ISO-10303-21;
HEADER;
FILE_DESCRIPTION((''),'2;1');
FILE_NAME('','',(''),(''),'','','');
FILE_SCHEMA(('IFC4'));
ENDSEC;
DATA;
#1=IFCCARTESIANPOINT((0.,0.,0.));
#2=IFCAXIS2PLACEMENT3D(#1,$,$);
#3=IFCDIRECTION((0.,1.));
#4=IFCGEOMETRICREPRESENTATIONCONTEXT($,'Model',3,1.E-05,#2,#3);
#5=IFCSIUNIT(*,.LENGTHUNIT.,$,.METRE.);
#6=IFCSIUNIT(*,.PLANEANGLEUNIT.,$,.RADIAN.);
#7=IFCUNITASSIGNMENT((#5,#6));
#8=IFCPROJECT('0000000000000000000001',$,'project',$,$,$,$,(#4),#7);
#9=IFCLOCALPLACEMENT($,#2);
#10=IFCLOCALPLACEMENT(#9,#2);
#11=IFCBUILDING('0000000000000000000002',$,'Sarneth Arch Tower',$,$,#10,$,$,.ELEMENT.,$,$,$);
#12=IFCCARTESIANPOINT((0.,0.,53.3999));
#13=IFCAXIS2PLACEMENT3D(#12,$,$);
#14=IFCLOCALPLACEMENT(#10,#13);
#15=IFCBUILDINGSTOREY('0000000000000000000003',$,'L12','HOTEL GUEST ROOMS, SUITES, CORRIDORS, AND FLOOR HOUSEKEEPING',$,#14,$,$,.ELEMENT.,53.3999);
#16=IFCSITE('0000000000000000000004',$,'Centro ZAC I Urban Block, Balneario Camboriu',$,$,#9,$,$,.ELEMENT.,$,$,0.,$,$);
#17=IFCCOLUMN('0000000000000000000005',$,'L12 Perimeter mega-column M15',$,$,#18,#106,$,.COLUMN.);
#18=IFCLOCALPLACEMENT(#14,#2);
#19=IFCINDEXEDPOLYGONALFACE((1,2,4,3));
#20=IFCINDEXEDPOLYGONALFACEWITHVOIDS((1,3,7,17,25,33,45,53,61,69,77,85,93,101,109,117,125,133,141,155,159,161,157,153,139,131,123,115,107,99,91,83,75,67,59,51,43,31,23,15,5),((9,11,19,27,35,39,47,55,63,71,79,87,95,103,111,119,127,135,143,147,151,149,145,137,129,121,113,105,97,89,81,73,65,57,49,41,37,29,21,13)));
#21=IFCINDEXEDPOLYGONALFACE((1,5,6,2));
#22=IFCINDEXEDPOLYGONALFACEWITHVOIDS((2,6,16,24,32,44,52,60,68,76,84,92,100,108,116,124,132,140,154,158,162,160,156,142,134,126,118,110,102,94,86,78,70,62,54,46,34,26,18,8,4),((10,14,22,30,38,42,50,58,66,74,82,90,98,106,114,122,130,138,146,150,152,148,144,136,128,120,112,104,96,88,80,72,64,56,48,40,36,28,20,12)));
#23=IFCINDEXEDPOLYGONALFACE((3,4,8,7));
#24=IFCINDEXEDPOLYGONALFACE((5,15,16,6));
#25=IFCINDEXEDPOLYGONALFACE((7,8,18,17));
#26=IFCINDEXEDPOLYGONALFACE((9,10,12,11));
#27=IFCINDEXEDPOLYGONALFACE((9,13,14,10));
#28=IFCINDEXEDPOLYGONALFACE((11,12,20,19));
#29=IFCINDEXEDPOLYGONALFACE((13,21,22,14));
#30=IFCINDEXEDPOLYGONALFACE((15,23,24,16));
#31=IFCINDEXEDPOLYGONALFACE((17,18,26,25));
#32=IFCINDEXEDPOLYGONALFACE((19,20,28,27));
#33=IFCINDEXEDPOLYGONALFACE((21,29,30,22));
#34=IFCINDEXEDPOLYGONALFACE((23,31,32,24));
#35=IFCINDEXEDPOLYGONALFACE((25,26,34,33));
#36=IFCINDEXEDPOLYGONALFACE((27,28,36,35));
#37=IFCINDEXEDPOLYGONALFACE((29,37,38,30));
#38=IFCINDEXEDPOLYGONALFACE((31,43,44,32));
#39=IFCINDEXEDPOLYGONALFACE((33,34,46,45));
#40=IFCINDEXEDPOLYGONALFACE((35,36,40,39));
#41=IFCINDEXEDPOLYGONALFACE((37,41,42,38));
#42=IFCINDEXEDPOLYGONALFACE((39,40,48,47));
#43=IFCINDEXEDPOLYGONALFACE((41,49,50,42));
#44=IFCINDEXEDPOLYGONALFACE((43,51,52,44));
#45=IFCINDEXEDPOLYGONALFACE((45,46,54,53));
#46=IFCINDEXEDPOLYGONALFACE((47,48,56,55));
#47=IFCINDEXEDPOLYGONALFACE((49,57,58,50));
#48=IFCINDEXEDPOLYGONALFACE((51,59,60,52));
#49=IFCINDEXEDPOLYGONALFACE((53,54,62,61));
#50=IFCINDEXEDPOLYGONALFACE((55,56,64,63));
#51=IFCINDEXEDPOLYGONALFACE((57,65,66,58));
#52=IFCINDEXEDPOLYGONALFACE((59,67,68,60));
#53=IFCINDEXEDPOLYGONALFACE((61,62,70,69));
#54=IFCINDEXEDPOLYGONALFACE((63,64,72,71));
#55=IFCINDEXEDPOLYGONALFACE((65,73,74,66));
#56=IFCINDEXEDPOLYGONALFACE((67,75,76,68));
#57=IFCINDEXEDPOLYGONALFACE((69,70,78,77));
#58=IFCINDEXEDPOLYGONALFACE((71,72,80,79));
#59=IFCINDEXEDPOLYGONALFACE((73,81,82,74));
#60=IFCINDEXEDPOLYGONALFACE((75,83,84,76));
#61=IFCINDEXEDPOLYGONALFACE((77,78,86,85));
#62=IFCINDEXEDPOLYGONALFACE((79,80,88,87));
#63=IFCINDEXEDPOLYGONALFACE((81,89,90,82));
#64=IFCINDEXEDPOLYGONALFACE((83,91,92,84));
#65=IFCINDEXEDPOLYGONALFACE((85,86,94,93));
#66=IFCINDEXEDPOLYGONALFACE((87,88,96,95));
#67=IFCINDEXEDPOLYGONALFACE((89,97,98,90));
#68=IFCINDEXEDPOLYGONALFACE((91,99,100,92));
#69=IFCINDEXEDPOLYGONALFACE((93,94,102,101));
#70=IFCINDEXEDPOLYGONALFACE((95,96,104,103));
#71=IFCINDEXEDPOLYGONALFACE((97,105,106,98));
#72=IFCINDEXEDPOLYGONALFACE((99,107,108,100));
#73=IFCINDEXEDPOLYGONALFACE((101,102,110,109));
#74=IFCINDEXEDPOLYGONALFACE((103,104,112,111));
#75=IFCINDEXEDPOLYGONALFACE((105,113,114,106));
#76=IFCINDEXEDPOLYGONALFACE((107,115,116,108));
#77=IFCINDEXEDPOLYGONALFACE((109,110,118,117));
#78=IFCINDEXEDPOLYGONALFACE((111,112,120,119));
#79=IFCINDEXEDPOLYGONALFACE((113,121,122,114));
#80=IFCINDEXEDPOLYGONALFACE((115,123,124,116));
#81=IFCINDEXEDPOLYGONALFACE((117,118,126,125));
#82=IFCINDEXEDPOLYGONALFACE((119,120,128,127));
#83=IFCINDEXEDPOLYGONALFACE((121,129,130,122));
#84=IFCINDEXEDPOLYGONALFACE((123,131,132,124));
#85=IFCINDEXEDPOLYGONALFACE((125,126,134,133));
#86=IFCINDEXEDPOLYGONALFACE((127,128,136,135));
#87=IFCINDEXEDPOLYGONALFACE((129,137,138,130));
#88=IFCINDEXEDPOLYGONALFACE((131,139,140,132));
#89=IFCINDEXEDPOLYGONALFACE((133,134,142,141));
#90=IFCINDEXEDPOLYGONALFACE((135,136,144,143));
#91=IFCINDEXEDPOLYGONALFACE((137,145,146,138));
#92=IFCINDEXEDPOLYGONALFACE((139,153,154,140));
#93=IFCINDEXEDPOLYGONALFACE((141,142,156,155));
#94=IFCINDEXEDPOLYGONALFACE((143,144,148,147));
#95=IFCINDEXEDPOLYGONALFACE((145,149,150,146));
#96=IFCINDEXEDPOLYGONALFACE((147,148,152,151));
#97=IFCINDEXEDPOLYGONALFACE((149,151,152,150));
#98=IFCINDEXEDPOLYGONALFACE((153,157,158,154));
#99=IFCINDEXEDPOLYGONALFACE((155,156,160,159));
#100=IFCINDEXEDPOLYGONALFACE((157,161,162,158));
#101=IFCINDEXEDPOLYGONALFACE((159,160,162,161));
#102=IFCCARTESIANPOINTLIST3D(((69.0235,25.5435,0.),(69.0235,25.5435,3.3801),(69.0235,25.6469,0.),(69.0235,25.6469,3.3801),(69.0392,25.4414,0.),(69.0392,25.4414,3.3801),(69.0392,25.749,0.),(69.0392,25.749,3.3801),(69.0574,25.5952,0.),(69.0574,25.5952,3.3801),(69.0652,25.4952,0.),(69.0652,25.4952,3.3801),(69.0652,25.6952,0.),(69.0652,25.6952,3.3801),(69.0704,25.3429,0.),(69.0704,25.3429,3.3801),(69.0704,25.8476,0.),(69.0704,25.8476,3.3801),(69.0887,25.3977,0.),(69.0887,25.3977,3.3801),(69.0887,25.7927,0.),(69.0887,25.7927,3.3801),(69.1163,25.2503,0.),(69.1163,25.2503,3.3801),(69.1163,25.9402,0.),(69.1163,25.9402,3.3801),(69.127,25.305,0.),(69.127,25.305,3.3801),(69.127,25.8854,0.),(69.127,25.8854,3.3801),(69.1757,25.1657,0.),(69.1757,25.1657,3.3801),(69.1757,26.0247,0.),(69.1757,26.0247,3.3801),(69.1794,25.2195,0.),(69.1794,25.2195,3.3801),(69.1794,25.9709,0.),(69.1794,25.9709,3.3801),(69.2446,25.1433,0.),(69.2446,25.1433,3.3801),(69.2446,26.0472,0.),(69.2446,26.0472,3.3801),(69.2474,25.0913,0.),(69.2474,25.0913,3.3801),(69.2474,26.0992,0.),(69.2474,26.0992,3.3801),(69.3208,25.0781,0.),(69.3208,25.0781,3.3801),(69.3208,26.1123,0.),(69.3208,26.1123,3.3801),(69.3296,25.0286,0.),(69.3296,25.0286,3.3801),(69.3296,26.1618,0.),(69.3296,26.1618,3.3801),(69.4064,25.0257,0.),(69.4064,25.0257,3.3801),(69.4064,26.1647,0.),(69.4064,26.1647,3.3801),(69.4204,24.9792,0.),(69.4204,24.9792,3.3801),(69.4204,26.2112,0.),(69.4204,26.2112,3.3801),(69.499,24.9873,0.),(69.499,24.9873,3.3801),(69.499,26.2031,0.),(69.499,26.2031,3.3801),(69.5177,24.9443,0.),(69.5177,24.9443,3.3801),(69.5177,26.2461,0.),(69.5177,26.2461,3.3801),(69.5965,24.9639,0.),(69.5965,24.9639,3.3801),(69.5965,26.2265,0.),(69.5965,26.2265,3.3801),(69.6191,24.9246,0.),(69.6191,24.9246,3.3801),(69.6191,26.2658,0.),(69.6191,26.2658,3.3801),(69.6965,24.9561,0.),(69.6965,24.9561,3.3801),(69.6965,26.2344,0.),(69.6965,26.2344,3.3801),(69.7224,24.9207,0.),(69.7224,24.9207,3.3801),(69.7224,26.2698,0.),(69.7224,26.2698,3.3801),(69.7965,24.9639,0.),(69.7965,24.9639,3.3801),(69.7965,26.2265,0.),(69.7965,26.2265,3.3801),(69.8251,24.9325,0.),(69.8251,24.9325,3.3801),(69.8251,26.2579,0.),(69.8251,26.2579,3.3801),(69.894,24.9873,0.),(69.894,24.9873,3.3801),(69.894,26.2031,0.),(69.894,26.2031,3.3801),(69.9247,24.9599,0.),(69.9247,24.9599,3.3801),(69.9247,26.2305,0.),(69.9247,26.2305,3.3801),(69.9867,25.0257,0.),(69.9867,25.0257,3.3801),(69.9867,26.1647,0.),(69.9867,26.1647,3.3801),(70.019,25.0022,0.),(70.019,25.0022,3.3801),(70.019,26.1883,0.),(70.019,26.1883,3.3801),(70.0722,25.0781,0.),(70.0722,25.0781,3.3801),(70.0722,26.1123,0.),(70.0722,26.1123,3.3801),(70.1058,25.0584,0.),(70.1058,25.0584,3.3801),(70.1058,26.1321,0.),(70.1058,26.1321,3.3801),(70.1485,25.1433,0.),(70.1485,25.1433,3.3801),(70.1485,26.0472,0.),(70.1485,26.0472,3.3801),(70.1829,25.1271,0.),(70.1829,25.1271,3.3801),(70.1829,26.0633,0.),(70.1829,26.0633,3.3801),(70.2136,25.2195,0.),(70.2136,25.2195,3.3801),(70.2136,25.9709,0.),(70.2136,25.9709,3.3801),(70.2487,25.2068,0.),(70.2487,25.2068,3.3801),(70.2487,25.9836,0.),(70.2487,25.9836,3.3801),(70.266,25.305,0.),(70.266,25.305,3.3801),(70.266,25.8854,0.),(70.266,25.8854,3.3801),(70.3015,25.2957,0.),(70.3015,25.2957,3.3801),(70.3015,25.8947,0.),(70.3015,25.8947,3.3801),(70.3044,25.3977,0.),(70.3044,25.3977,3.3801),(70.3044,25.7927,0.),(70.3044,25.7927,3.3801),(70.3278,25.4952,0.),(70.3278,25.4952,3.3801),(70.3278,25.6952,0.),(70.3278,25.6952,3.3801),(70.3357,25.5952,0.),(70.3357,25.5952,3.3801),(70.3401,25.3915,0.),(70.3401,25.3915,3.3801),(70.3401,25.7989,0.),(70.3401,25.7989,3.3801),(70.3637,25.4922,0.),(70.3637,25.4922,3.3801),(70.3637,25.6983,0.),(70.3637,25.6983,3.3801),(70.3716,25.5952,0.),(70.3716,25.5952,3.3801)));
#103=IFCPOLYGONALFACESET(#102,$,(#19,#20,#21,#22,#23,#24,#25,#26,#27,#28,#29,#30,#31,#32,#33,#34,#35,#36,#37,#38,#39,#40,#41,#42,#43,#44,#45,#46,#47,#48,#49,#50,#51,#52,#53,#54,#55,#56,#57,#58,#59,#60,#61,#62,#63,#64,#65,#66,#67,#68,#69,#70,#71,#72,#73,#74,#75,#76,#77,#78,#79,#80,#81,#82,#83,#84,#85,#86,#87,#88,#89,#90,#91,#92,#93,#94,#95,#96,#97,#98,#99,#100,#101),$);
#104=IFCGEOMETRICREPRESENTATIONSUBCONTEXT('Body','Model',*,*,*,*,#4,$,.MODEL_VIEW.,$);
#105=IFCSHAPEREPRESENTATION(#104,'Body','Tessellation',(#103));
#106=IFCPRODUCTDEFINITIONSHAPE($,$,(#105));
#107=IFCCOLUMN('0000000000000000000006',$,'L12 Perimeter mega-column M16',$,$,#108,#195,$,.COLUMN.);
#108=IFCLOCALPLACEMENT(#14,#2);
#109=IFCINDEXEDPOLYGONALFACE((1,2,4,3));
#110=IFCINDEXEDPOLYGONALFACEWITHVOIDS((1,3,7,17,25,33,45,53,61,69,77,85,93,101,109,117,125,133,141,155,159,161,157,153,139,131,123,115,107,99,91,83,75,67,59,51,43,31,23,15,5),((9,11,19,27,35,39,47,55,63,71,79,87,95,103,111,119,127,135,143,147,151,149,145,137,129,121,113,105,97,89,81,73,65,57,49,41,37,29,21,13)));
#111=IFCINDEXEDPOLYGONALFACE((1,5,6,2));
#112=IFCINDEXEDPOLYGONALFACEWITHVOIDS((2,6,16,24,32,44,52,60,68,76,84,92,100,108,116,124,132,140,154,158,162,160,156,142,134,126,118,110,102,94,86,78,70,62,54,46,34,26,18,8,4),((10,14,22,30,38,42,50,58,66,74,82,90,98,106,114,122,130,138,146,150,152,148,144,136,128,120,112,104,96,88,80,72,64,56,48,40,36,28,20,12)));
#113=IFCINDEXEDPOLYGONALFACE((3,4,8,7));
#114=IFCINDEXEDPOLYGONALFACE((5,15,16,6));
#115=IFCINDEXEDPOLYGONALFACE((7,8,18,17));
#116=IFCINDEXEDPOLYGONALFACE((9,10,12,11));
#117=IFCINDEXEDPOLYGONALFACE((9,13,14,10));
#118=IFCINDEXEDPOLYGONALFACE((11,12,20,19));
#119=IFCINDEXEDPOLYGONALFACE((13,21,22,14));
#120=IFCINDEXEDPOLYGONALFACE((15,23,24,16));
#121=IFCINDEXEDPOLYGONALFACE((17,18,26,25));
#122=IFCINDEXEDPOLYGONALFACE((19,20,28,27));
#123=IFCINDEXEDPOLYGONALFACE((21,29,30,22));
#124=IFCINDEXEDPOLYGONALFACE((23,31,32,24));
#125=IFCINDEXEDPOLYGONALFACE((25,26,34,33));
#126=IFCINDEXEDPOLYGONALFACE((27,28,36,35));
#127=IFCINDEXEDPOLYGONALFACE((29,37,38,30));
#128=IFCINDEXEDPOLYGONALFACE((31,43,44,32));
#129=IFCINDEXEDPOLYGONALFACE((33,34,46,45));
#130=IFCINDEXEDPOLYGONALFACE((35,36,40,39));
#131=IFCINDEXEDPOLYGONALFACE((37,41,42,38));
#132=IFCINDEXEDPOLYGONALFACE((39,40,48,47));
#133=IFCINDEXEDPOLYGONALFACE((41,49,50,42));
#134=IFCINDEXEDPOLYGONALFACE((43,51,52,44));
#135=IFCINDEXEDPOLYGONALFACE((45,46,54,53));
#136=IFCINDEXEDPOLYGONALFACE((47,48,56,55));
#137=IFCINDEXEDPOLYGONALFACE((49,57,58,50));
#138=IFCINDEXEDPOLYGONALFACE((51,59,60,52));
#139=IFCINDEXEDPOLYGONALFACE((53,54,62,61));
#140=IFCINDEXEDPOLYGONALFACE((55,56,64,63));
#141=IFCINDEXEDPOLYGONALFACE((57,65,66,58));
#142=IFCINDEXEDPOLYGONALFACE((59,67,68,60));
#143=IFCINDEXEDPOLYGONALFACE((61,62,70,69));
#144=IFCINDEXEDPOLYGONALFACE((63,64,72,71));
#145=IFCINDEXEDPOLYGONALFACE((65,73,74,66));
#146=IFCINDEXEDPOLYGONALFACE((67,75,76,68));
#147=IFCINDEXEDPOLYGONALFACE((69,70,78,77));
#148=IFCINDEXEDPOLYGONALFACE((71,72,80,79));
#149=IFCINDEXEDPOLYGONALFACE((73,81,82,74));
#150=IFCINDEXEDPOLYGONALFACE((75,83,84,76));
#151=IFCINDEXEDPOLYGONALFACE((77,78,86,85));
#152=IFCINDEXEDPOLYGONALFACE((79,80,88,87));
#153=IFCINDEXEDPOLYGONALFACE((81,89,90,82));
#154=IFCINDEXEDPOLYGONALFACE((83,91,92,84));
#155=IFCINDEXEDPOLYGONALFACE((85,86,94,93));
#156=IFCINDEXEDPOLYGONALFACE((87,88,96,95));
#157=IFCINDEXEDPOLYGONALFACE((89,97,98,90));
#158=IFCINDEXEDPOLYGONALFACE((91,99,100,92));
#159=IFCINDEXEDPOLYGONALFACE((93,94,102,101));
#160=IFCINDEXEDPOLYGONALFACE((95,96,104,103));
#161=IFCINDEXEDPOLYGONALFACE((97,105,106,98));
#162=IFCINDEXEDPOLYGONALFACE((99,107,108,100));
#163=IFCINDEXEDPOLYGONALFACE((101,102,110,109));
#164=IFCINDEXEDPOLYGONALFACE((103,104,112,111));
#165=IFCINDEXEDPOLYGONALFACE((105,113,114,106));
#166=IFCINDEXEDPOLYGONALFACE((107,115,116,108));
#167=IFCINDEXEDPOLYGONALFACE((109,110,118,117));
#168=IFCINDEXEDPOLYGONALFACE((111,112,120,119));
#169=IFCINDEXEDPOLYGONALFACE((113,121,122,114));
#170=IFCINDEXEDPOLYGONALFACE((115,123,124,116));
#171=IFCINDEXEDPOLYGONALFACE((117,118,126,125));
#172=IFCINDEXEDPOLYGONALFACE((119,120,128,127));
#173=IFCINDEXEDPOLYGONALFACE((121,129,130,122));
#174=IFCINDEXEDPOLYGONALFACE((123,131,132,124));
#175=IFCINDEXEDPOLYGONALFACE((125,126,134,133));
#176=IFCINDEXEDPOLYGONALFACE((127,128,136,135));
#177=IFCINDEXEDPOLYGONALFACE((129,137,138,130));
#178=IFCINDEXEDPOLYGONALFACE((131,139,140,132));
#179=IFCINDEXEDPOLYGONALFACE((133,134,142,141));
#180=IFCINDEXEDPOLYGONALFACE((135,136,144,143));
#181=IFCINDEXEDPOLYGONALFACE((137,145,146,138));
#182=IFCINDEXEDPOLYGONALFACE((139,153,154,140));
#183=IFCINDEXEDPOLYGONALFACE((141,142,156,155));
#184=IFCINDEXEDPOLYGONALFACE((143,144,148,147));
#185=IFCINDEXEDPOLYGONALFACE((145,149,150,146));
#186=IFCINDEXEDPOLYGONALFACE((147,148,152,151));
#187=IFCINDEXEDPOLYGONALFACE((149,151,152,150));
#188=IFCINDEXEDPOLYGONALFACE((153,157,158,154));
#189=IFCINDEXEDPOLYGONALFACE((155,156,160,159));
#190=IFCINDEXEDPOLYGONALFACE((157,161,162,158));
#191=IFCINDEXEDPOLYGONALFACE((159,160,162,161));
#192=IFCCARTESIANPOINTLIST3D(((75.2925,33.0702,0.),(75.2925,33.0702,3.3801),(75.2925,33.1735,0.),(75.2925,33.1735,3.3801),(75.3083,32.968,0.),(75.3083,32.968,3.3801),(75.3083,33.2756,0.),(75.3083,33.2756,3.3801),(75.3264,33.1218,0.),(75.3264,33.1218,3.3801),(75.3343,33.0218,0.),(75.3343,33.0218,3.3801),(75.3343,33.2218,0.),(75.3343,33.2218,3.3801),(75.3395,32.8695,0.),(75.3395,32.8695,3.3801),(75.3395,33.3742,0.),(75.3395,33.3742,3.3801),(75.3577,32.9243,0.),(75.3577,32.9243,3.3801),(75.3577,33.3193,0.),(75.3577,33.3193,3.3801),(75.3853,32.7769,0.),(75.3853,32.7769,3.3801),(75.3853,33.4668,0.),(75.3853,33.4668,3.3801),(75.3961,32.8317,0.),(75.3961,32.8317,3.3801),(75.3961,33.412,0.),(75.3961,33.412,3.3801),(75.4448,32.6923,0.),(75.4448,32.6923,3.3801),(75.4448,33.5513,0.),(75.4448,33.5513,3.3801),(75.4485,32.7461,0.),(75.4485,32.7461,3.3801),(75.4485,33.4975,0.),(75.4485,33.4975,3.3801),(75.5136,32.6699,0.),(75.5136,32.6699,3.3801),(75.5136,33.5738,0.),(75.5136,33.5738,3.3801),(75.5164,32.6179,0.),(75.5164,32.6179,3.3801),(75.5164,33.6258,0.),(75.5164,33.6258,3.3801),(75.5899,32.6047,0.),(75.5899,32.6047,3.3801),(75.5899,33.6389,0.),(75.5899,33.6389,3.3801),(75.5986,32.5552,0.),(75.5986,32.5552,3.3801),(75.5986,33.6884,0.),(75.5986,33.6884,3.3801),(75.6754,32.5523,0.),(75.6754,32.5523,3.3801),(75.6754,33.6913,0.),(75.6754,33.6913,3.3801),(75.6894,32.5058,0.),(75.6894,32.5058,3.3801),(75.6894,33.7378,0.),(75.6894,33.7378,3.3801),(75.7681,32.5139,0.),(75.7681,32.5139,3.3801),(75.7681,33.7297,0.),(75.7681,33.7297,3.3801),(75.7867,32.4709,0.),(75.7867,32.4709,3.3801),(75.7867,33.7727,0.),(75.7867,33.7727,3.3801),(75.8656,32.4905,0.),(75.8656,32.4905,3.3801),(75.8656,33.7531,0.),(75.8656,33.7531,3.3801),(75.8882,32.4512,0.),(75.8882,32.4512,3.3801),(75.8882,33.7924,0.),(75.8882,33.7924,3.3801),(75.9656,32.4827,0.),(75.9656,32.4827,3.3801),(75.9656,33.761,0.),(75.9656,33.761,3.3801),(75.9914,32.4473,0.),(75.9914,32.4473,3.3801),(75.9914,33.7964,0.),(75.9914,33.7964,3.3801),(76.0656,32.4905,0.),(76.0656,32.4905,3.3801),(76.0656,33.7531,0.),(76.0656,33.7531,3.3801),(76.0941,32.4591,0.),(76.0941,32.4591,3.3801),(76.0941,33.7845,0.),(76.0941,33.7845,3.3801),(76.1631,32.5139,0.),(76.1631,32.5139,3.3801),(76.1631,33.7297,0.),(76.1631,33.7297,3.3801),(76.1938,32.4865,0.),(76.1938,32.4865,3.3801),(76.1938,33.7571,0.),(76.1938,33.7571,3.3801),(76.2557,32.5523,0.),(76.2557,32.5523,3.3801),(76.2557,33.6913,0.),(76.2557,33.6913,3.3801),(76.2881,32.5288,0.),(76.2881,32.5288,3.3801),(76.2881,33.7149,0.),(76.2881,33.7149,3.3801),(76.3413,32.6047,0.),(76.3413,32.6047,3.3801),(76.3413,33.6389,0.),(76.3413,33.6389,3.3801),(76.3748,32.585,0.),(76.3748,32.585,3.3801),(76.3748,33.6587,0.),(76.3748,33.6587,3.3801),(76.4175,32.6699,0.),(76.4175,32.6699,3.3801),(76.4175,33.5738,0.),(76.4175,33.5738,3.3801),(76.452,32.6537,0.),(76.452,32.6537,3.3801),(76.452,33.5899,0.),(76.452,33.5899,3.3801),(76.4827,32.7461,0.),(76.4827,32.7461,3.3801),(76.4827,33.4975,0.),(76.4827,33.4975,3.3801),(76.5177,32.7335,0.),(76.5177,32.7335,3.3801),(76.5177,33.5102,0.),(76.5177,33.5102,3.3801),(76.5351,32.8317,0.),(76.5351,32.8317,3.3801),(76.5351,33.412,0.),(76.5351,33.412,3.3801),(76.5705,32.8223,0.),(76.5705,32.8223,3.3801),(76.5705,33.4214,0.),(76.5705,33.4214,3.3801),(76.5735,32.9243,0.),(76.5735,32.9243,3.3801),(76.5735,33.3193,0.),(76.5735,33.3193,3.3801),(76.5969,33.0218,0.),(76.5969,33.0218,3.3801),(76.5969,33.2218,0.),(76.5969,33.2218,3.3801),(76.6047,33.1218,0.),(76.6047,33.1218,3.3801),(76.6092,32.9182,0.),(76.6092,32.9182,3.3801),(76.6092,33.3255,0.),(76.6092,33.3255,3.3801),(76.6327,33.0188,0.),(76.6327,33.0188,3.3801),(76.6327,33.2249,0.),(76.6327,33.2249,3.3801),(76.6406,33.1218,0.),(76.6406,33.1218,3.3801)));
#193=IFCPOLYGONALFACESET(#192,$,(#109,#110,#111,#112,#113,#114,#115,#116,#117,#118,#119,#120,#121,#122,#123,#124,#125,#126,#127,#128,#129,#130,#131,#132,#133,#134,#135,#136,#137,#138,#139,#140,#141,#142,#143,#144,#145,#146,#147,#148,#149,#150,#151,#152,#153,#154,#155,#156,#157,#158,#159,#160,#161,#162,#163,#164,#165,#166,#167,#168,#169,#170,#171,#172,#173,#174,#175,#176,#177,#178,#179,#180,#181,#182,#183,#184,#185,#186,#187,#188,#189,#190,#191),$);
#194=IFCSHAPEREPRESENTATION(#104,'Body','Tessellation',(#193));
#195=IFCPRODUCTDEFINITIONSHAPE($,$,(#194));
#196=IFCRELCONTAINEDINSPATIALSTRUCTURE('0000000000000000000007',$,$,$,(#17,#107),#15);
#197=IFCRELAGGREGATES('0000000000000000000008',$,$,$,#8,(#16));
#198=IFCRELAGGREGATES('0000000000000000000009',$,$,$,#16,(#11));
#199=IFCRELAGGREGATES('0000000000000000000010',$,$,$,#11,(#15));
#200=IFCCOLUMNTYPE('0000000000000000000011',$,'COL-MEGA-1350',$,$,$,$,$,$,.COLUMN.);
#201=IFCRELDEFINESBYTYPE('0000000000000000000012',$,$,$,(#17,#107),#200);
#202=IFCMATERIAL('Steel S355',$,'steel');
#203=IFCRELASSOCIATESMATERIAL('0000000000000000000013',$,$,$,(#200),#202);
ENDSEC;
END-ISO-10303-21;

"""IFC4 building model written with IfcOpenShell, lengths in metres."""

from ifc_helpers import new_model, si_unit, direction, frame, origin, origin_2d, place, context, subcontext, project, spatial, hollow_circle, extrude, material, material_profile, profile_set, type_object, element, save


model = new_model("IFC4")

# Units and contexts
model_context = context("Model", 3, precision=1e-05, world=origin(), true_north=direction((0.0, 1.0)))
body_context = subcontext(model_context, "Body", "Model", "MODEL_VIEW")
ifc_project = project(units=[si_unit("LENGTHUNIT", "METRE"), si_unit("PLANEANGLEUNIT", "RADIAN")], contexts=[model_context])

# Site, building, storey
site_placement = place(None, origin())
site = spatial("IfcSite", under=ifc_project, at=site_placement, Name="Centro ZAC I Urban Block, Balneario Camboriu", CompositionType="ELEMENT", RefElevation=0.0)
building_placement = place(site_placement, origin())
building = spatial("IfcBuilding", under=site, at=building_placement, Name="Sarneth Arch Tower", CompositionType="ELEMENT")
storey_placement = place(building_placement, frame((0.0, 0.0, 53.3999)))
storey = spatial("IfcBuildingStorey", under=building, at=storey_placement, Name="L12", Description="HOTEL GUEST ROOMS, SUITES, CORRIDORS, AND FLOOR HOUSEKEEPING", CompositionType="ELEMENT", Elevation=53.3999)

# Columns
ifc_material_1 = material(Name="Steel S355", Category="steel")
ifc_material_profile_1 = material_profile(ifc_material_1, hollow_circle(Radius=0.675, WallThickness=0.0359, at=origin_2d()), Name="CHS1350x36")
ifc_profile_set_1 = profile_set([ifc_material_profile_1], Name="Steel S355")
column_type = type_object("IfcColumnType", Name="COL-MEGA-1350", PredefinedType="COLUMN", material=ifc_profile_set_1)
for number, where, z_axis, x_axis, name in (
    (1, (69.6965, 25.5952, 0.0), (0.0, 0.0, 1.0), (1.0, 0.0, 0.0), "L12 Perimeter mega-column M15"),
    (2, (75.9656, 33.1218, 0.0), (0.0, 0.0, 1.0), (1.0, 0.0, 0.0), "L12 Perimeter mega-column M16"),
):
    element("IfcColumn", number, at=place(storey_placement, frame(where, z_axis=z_axis, x_axis=x_axis)), inside=storey, type_object=column_type, Name=name, PredefinedType="COLUMN", context=body_context, shape_type="SweptSolid", body=[
        extrude(hollow_circle(Radius=0.675, WallThickness=0.0359, at=origin_2d()), origin(), (0.0, 0.0, 1.0), 3.3801),
    ])

save(model, "model.ifc")
